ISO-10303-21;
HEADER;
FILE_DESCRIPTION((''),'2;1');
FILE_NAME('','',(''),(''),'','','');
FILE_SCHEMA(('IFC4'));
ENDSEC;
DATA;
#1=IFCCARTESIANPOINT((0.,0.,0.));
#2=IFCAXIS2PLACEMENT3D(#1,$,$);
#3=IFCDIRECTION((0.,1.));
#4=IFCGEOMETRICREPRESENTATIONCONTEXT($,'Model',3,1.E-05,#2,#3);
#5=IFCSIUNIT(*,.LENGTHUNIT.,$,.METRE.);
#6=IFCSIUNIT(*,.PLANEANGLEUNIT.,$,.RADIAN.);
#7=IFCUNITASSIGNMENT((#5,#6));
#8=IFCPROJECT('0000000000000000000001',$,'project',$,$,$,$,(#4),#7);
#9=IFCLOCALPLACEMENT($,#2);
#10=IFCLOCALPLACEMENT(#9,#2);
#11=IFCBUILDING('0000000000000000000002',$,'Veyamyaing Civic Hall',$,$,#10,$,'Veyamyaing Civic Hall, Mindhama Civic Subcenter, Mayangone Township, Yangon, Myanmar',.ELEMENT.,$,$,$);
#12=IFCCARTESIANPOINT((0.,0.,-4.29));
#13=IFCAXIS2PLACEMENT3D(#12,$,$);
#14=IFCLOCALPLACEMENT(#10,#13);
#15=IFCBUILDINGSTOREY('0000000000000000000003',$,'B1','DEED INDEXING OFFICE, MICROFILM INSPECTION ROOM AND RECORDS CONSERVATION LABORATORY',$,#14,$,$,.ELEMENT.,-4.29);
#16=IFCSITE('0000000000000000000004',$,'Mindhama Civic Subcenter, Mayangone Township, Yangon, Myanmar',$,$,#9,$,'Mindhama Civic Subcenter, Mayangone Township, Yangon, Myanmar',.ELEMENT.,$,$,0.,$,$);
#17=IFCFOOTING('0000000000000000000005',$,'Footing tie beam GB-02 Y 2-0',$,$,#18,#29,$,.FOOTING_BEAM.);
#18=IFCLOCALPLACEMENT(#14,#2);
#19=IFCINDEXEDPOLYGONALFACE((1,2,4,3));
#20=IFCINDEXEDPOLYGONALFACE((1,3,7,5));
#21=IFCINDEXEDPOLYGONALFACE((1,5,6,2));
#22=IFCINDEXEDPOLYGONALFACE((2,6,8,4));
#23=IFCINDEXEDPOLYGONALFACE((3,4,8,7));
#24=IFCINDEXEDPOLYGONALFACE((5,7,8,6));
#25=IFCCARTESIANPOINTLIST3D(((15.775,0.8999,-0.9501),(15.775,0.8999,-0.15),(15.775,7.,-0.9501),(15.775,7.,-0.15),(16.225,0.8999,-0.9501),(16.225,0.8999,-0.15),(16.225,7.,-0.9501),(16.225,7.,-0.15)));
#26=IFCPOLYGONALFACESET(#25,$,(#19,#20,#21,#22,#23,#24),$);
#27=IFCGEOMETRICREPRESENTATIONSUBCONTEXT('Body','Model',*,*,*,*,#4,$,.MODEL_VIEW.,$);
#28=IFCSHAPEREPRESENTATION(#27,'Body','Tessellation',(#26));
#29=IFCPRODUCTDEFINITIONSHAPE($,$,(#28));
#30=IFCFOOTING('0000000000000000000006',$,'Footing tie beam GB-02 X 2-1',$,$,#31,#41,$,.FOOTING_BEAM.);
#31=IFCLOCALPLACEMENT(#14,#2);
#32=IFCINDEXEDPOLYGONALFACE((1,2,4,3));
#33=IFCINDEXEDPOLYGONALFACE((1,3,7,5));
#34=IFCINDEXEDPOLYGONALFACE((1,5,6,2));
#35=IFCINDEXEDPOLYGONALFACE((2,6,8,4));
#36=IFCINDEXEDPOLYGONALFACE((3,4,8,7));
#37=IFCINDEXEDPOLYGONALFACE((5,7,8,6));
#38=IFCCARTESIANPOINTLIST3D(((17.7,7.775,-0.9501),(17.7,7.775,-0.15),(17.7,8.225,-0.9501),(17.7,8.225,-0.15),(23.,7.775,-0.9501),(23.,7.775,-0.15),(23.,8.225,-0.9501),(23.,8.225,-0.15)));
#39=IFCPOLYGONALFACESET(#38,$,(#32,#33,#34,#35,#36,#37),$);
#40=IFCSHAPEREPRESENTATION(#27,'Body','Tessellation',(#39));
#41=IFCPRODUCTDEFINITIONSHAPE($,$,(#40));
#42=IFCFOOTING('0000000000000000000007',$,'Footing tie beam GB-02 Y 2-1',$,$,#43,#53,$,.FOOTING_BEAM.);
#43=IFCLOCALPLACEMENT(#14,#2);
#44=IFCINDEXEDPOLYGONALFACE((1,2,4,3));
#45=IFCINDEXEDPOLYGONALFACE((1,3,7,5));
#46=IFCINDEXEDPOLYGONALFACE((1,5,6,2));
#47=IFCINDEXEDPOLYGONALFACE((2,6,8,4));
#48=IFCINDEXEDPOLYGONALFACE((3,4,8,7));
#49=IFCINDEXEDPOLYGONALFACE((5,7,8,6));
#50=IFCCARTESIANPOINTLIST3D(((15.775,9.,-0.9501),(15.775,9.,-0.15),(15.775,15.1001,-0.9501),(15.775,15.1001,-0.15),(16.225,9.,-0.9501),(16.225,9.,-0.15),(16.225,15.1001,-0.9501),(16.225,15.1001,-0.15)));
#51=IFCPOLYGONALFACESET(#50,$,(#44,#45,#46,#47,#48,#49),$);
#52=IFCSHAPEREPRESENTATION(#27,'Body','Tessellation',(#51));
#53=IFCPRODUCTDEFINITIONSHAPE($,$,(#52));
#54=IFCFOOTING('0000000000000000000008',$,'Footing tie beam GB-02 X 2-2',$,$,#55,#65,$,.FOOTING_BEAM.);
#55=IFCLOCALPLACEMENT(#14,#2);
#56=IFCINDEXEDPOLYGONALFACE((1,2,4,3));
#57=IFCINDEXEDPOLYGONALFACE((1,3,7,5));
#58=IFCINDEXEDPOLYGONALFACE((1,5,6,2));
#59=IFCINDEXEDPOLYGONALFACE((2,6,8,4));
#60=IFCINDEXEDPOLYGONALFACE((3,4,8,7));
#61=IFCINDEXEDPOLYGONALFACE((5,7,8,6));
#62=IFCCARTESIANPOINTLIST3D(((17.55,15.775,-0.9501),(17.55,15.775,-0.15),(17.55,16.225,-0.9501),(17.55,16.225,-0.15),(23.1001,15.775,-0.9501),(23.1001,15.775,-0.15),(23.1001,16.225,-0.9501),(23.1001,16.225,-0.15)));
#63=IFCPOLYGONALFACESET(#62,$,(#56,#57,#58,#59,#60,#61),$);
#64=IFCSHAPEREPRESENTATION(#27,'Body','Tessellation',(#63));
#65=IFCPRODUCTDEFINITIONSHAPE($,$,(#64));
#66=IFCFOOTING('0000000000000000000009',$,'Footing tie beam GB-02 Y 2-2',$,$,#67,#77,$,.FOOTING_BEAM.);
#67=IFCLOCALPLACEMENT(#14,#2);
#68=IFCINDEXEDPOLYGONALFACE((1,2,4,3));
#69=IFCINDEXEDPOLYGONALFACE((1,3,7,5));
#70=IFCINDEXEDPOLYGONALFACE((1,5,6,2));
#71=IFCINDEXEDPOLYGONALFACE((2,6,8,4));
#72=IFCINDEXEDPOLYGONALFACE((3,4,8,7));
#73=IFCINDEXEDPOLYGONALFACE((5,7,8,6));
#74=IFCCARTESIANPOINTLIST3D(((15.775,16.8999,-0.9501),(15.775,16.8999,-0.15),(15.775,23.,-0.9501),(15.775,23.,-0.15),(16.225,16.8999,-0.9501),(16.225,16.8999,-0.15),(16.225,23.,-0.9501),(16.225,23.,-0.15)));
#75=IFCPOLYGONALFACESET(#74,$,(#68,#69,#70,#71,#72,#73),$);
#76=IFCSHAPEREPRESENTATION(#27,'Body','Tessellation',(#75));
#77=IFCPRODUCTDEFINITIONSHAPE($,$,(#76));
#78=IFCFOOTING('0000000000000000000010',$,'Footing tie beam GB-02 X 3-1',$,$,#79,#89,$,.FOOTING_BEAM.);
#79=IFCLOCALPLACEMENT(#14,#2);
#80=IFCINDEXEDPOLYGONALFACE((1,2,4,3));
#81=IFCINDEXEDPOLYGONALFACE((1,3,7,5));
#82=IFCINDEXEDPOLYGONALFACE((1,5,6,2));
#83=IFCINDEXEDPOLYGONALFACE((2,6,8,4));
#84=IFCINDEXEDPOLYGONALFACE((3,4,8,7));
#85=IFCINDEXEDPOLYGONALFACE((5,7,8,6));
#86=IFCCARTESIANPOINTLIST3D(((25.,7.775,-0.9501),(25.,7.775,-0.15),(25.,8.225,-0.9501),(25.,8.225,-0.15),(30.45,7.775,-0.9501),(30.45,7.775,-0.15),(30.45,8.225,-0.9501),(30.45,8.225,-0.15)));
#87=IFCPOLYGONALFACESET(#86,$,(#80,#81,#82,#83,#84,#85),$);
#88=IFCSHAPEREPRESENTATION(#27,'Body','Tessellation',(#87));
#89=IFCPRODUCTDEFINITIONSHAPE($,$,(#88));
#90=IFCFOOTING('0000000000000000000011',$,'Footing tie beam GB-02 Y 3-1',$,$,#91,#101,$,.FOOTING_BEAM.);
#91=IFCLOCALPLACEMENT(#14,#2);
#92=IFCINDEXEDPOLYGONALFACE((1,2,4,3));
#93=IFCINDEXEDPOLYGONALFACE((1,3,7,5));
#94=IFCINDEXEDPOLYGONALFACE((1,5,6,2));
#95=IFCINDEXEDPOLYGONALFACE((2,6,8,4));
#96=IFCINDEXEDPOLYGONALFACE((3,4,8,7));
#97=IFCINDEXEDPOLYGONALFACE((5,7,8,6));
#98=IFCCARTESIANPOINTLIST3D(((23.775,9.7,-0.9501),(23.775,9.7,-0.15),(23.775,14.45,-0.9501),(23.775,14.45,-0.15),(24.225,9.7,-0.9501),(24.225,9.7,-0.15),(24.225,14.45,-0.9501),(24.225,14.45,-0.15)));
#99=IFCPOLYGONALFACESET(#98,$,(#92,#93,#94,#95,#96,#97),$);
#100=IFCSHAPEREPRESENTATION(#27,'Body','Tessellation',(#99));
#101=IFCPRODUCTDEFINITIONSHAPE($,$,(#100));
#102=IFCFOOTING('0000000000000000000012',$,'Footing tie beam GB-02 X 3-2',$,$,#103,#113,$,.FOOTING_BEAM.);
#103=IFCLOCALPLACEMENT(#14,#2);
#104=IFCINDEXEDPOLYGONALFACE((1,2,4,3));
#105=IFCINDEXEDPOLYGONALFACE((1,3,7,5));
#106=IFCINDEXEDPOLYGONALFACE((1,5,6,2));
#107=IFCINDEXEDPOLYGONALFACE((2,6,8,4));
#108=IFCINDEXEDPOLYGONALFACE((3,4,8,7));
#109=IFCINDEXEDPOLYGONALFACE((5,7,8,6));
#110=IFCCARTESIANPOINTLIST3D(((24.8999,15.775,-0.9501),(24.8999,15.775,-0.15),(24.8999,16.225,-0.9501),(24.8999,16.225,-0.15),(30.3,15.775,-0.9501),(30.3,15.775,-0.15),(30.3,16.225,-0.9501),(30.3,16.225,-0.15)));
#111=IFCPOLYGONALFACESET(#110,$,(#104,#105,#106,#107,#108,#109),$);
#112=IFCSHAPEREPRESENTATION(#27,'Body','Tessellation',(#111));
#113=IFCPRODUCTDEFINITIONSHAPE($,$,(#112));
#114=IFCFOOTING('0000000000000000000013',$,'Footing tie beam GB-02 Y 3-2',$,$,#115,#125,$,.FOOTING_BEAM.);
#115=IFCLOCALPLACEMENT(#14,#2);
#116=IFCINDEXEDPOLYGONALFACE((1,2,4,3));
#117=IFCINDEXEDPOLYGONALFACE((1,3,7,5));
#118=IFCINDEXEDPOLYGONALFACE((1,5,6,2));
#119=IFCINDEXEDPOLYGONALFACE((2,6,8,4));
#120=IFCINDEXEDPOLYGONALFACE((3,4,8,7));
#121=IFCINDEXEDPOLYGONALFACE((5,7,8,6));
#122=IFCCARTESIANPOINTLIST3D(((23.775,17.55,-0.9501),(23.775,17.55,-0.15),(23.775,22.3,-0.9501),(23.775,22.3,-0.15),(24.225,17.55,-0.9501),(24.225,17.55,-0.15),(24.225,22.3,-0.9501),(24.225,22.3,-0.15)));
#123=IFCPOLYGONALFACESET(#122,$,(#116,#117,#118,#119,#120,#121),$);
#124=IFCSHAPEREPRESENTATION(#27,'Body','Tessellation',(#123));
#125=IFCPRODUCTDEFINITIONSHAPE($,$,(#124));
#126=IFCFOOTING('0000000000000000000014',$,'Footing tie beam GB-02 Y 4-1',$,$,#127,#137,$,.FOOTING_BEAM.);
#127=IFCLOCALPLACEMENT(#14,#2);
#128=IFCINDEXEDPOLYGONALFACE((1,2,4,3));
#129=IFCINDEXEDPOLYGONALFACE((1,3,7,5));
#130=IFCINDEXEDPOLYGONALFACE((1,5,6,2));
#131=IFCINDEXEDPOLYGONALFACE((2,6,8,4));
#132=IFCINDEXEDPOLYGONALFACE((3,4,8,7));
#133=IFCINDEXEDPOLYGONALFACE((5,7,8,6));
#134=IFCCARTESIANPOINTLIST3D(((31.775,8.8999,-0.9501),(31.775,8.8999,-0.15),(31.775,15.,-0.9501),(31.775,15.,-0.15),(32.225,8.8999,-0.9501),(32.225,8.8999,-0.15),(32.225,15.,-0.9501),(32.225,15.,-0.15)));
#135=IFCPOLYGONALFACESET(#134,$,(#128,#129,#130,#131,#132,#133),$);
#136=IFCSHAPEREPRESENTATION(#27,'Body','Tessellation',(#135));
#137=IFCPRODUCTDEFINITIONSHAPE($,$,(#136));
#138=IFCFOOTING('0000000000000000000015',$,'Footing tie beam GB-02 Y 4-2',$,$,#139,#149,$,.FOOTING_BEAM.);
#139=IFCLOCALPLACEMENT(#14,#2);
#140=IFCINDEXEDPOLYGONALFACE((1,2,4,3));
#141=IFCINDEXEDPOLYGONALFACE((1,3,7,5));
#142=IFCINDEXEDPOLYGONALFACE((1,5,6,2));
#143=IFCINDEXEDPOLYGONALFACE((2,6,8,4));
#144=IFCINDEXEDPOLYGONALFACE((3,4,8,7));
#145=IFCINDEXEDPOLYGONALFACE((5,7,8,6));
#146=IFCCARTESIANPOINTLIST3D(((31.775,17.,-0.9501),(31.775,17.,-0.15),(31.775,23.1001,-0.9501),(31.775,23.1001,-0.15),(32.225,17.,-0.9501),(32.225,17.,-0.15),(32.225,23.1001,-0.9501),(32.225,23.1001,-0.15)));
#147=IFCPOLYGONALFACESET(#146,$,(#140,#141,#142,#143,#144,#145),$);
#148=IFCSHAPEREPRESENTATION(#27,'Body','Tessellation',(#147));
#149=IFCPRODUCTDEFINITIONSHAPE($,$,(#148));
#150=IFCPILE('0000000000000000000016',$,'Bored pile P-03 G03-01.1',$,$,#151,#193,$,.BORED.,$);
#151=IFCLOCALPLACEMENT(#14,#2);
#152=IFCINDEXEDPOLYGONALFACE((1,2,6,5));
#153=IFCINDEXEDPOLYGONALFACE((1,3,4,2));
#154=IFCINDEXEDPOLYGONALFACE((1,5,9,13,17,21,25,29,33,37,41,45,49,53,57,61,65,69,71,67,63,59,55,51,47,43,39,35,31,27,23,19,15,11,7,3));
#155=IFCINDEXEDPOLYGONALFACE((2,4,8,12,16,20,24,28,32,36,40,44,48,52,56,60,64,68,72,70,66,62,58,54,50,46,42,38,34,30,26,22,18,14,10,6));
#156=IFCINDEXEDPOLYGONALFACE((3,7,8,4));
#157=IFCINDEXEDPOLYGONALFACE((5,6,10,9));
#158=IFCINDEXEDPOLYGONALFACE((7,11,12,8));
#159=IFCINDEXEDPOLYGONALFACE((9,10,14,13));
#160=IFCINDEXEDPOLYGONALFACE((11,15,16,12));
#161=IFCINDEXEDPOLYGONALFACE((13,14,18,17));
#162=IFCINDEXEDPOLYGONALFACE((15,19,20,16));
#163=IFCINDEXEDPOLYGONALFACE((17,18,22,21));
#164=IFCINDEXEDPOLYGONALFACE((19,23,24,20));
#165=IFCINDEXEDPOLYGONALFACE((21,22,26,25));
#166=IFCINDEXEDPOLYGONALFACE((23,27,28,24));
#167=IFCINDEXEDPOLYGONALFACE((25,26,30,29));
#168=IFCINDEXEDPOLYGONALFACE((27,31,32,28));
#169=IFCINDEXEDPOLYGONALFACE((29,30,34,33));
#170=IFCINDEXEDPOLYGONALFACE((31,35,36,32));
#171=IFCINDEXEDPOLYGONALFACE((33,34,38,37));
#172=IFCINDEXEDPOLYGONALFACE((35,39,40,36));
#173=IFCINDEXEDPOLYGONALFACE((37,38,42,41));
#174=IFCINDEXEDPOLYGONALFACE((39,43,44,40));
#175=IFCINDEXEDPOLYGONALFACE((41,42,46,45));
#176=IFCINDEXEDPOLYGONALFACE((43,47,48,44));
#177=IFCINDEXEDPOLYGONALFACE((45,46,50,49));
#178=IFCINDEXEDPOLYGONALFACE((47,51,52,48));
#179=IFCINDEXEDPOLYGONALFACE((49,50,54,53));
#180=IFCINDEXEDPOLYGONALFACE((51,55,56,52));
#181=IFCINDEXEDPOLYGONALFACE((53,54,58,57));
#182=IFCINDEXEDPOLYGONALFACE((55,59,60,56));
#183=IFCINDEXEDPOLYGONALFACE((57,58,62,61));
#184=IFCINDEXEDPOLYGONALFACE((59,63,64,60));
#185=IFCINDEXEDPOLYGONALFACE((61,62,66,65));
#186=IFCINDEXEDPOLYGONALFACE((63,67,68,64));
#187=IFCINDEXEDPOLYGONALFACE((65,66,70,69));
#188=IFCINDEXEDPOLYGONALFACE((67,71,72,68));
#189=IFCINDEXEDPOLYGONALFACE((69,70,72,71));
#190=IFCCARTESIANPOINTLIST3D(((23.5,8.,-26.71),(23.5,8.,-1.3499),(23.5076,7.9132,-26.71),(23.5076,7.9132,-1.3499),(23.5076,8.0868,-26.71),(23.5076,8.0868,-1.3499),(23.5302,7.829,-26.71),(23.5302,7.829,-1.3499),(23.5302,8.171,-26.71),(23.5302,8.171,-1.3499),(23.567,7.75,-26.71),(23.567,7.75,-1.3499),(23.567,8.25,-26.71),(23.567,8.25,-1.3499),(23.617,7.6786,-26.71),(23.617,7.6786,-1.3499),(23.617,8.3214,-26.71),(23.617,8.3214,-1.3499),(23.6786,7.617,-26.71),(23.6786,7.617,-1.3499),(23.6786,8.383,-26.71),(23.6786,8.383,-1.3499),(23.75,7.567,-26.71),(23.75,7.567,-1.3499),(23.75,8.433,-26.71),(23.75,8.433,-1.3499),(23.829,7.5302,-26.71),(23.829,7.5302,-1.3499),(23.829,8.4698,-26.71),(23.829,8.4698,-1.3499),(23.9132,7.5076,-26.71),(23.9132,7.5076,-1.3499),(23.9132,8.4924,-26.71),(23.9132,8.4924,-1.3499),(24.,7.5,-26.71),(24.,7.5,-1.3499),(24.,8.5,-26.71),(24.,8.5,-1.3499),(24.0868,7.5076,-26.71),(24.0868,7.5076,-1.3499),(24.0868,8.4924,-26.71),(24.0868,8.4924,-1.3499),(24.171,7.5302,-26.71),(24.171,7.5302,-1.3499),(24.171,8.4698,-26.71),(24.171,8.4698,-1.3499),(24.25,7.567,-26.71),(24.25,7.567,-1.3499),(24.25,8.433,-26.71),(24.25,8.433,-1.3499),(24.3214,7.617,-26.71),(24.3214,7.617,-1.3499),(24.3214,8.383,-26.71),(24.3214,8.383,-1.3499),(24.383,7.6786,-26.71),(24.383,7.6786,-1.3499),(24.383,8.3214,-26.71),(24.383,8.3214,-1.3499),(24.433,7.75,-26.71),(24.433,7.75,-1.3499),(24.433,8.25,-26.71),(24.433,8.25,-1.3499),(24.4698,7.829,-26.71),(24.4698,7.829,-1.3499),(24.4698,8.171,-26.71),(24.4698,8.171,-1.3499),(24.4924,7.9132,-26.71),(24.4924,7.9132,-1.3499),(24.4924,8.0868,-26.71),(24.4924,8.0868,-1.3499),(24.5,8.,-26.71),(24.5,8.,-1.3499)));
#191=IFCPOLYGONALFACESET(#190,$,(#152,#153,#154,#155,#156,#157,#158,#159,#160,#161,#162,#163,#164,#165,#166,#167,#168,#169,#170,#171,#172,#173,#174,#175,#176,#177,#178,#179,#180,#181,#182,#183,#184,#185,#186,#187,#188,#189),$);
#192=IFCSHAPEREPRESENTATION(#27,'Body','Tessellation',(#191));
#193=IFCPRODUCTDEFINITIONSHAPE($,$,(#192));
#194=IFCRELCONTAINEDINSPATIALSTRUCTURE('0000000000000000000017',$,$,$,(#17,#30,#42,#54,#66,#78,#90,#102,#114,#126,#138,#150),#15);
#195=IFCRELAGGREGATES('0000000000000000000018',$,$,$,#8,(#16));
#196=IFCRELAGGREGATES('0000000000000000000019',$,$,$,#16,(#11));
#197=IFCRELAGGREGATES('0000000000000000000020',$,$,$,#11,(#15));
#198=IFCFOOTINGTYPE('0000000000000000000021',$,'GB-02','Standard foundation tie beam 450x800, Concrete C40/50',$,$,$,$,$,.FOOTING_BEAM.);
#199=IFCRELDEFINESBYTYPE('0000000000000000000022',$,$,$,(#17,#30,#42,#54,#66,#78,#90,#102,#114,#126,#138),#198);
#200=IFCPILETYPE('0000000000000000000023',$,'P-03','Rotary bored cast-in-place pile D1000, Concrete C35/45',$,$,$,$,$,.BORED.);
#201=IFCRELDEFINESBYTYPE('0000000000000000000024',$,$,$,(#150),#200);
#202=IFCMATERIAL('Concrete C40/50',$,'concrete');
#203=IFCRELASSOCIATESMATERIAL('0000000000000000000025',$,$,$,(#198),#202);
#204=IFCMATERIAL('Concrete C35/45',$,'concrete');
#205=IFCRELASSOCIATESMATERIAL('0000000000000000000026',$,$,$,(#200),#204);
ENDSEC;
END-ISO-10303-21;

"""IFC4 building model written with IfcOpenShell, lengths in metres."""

from ifc_helpers import new_model, si_unit, direction, frame, origin, origin_2d, place, context, subcontext, project, spatial, rectangle, circle, extrude, material, material_profile, profile_set, type_object, element, save


model = new_model("IFC4")

# Units and contexts
model_context = context("Model", 3, precision=1e-05, world=origin(), true_north=direction((0.0, 1.0)))
body_context = subcontext(model_context, "Body", "Model", "MODEL_VIEW")
ifc_project = project(units=[si_unit("LENGTHUNIT", "METRE"), si_unit("PLANEANGLEUNIT", "RADIAN")], contexts=[model_context])

# Site, building, storey
site_placement = place(None, origin())
site = spatial("IfcSite", under=ifc_project, at=site_placement, Name="Mindhama Civic Subcenter, Mayangone Township, Yangon, Myanmar", LongName="Mindhama Civic Subcenter, Mayangone Township, Yangon, Myanmar", CompositionType="ELEMENT", RefElevation=0.0)
building_placement = place(site_placement, origin())
building = spatial("IfcBuilding", under=site, at=building_placement, Name="Veyamyaing Civic Hall", LongName="Veyamyaing Civic Hall, Mindhama Civic Subcenter, Mayangone Township, Yangon, Myanmar", CompositionType="ELEMENT")
storey_placement = place(building_placement, frame((0.0, 0.0, -4.29)))
storey = spatial("IfcBuildingStorey", under=building, at=storey_placement, Name="B1", Description="DEED INDEXING OFFICE, MICROFILM INSPECTION ROOM AND RECORDS CONSERVATION LABORATORY", CompositionType="ELEMENT", Elevation=-4.29)

# Footings
ifc_material_1 = material(Name="Concrete C40/50", Category="concrete")
ifc_material_profile_1 = material_profile(ifc_material_1, rectangle(XDim=0.45, YDim=0.8, at=origin_2d()), Name="GB-450X800")
ifc_profile_set_1 = profile_set([ifc_material_profile_1], Name="Concrete C40/50")
footing_type_1 = type_object("IfcFootingType", Name="GB-02", Description="Standard foundation tie beam 450x800, Concrete C40/50", PredefinedType="FOOTING_BEAM", material=ifc_profile_set_1)
footing_1_placement = place(storey_placement, frame((16.0, 0.8999, -0.55), z_axis=(0.0, 1.0, 0.0), x_axis=(-1.0, 0.0, 0.0)))
element("IfcFooting", 1, at=footing_1_placement, inside=storey, type_object=footing_type_1, Name="Footing tie beam GB-02 Y 2-0", PredefinedType="FOOTING_BEAM", context=body_context, shape_type="SweptSolid", body=[
    extrude(rectangle(XDim=0.45, YDim=0.8, at=origin_2d()), origin(), (0.0, 0.0, 1.0), 6.1001),
])
footing_2_placement = place(storey_placement, frame((17.7, 8.0, -0.55), z_axis=(1.0, 0.0, 0.0), x_axis=(0.0, 1.0, 0.0)))
element("IfcFooting", 2, at=footing_2_placement, inside=storey, type_object=footing_type_1, Name="Footing tie beam GB-02 X 2-1", PredefinedType="FOOTING_BEAM", context=body_context, shape_type="SweptSolid", body=[
    extrude(rectangle(XDim=0.45, YDim=0.8, at=origin_2d()), origin(), (0.0, 0.0, 1.0), 5.3),
])
footing_3_placement = place(storey_placement, frame((16.0, 9.0, -0.55), z_axis=(0.0, 1.0, 0.0), x_axis=(-1.0, 0.0, 0.0)))
element("IfcFooting", 3, at=footing_3_placement, inside=storey, type_object=footing_type_1, Name="Footing tie beam GB-02 Y 2-1", PredefinedType="FOOTING_BEAM", context=body_context, shape_type="SweptSolid", body=[
    extrude(rectangle(XDim=0.45, YDim=0.8, at=origin_2d()), origin(), (0.0, 0.0, 1.0), 6.1001),
])
footing_4_placement = place(storey_placement, frame((17.55, 16.0, -0.55), z_axis=(1.0, 0.0, 0.0), x_axis=(0.0, 1.0, 0.0)))
element("IfcFooting", 4, at=footing_4_placement, inside=storey, type_object=footing_type_1, Name="Footing tie beam GB-02 X 2-2", PredefinedType="FOOTING_BEAM", context=body_context, shape_type="SweptSolid", body=[
    extrude(rectangle(XDim=0.45, YDim=0.8, at=origin_2d()), origin(), (0.0, 0.0, 1.0), 5.55),
])
footing_5_placement = place(storey_placement, frame((16.0, 16.8999, -0.55), z_axis=(0.0, 1.0, 0.0), x_axis=(-1.0, 0.0, 0.0)))
element("IfcFooting", 5, at=footing_5_placement, inside=storey, type_object=footing_type_1, Name="Footing tie beam GB-02 Y 2-2", PredefinedType="FOOTING_BEAM", context=body_context, shape_type="SweptSolid", body=[
    extrude(rectangle(XDim=0.45, YDim=0.8, at=origin_2d()), origin(), (0.0, 0.0, 1.0), 6.1001),
])
footing_6_placement = place(storey_placement, frame((25.0, 8.0, -0.55), z_axis=(1.0, 0.0, 0.0), x_axis=(0.0, 1.0, 0.0)))
element("IfcFooting", 6, at=footing_6_placement, inside=storey, type_object=footing_type_1, Name="Footing tie beam GB-02 X 3-1", PredefinedType="FOOTING_BEAM", context=body_context, shape_type="SweptSolid", body=[
    extrude(rectangle(XDim=0.45, YDim=0.8, at=origin_2d()), origin(), (0.0, 0.0, 1.0), 5.45),
])
footing_7_placement = place(storey_placement, frame((24.0, 9.7, -0.55), z_axis=(0.0, 1.0, 0.0), x_axis=(-1.0, 0.0, 0.0)))
element("IfcFooting", 7, at=footing_7_placement, inside=storey, type_object=footing_type_1, Name="Footing tie beam GB-02 Y 3-1", PredefinedType="FOOTING_BEAM", context=body_context, shape_type="SweptSolid", body=[
    extrude(rectangle(XDim=0.45, YDim=0.8, at=origin_2d()), origin(), (0.0, 0.0, 1.0), 4.75),
])
footing_8_placement = place(storey_placement, frame((24.8999, 16.0, -0.55), z_axis=(1.0, 0.0, 0.0), x_axis=(0.0, 1.0, 0.0)))
element("IfcFooting", 8, at=footing_8_placement, inside=storey, type_object=footing_type_1, Name="Footing tie beam GB-02 X 3-2", PredefinedType="FOOTING_BEAM", context=body_context, shape_type="SweptSolid", body=[
    extrude(rectangle(XDim=0.45, YDim=0.8, at=origin_2d()), origin(), (0.0, 0.0, 1.0), 5.4001),
])
footing_9_placement = place(storey_placement, frame((24.0, 17.55, -0.55), z_axis=(0.0, 1.0, 0.0), x_axis=(-1.0, 0.0, 0.0)))
element("IfcFooting", 9, at=footing_9_placement, inside=storey, type_object=footing_type_1, Name="Footing tie beam GB-02 Y 3-2", PredefinedType="FOOTING_BEAM", context=body_context, shape_type="SweptSolid", body=[
    extrude(rectangle(XDim=0.45, YDim=0.8, at=origin_2d()), origin(), (0.0, 0.0, 1.0), 4.75),
])
for number, where, z_axis, x_axis, name in (
    (10, (32.0, 8.8999, -0.55), (0.0, 1.0, 0.0), (-1.0, 0.0, 0.0), "Footing tie beam GB-02 Y 4-1"),
    (11, (32.0, 17.0, -0.55), (0.0, 1.0, 0.0), (-1.0, 0.0, 0.0), "Footing tie beam GB-02 Y 4-2"),
):
    element("IfcFooting", number, at=place(storey_placement, frame(where, z_axis=z_axis, x_axis=x_axis)), inside=storey, type_object=footing_type_1, Name=name, PredefinedType="FOOTING_BEAM", context=body_context, shape_type="SweptSolid", body=[
        extrude(rectangle(XDim=0.45, YDim=0.8, at=origin_2d()), origin(), (0.0, 0.0, 1.0), 6.1001),
    ])

# Pile
ifc_material_2 = material(Name="Concrete C35/45", Category="concrete")
ifc_material_profile_2 = material_profile(ifc_material_2, circle(Radius=0.5, at=origin_2d()), Name="PILE-D1000")
ifc_profile_set_2 = profile_set([ifc_material_profile_2], Name="Concrete C35/45")
pile_type_1 = type_object("IfcPileType", Name="P-03", Description="Rotary bored cast-in-place pile D1000, Concrete C35/45", PredefinedType="BORED", material=ifc_profile_set_2)
pile_placement = place(storey_placement, frame((24.0, 8.0, -1.3499), z_axis=(0.0, 0.0, -1.0), x_axis=(1.0, 0.0, 0.0)))
element("IfcPile", 12, at=pile_placement, inside=storey, type_object=pile_type_1, Name="Bored pile P-03 G03-01.1", PredefinedType="BORED", context=body_context, shape_type="SweptSolid", body=[
    extrude(circle(Radius=0.5, at=origin_2d()), origin(), (0.0, 0.0, 1.0), 25.3601),
])

save(model, "model.ifc")
